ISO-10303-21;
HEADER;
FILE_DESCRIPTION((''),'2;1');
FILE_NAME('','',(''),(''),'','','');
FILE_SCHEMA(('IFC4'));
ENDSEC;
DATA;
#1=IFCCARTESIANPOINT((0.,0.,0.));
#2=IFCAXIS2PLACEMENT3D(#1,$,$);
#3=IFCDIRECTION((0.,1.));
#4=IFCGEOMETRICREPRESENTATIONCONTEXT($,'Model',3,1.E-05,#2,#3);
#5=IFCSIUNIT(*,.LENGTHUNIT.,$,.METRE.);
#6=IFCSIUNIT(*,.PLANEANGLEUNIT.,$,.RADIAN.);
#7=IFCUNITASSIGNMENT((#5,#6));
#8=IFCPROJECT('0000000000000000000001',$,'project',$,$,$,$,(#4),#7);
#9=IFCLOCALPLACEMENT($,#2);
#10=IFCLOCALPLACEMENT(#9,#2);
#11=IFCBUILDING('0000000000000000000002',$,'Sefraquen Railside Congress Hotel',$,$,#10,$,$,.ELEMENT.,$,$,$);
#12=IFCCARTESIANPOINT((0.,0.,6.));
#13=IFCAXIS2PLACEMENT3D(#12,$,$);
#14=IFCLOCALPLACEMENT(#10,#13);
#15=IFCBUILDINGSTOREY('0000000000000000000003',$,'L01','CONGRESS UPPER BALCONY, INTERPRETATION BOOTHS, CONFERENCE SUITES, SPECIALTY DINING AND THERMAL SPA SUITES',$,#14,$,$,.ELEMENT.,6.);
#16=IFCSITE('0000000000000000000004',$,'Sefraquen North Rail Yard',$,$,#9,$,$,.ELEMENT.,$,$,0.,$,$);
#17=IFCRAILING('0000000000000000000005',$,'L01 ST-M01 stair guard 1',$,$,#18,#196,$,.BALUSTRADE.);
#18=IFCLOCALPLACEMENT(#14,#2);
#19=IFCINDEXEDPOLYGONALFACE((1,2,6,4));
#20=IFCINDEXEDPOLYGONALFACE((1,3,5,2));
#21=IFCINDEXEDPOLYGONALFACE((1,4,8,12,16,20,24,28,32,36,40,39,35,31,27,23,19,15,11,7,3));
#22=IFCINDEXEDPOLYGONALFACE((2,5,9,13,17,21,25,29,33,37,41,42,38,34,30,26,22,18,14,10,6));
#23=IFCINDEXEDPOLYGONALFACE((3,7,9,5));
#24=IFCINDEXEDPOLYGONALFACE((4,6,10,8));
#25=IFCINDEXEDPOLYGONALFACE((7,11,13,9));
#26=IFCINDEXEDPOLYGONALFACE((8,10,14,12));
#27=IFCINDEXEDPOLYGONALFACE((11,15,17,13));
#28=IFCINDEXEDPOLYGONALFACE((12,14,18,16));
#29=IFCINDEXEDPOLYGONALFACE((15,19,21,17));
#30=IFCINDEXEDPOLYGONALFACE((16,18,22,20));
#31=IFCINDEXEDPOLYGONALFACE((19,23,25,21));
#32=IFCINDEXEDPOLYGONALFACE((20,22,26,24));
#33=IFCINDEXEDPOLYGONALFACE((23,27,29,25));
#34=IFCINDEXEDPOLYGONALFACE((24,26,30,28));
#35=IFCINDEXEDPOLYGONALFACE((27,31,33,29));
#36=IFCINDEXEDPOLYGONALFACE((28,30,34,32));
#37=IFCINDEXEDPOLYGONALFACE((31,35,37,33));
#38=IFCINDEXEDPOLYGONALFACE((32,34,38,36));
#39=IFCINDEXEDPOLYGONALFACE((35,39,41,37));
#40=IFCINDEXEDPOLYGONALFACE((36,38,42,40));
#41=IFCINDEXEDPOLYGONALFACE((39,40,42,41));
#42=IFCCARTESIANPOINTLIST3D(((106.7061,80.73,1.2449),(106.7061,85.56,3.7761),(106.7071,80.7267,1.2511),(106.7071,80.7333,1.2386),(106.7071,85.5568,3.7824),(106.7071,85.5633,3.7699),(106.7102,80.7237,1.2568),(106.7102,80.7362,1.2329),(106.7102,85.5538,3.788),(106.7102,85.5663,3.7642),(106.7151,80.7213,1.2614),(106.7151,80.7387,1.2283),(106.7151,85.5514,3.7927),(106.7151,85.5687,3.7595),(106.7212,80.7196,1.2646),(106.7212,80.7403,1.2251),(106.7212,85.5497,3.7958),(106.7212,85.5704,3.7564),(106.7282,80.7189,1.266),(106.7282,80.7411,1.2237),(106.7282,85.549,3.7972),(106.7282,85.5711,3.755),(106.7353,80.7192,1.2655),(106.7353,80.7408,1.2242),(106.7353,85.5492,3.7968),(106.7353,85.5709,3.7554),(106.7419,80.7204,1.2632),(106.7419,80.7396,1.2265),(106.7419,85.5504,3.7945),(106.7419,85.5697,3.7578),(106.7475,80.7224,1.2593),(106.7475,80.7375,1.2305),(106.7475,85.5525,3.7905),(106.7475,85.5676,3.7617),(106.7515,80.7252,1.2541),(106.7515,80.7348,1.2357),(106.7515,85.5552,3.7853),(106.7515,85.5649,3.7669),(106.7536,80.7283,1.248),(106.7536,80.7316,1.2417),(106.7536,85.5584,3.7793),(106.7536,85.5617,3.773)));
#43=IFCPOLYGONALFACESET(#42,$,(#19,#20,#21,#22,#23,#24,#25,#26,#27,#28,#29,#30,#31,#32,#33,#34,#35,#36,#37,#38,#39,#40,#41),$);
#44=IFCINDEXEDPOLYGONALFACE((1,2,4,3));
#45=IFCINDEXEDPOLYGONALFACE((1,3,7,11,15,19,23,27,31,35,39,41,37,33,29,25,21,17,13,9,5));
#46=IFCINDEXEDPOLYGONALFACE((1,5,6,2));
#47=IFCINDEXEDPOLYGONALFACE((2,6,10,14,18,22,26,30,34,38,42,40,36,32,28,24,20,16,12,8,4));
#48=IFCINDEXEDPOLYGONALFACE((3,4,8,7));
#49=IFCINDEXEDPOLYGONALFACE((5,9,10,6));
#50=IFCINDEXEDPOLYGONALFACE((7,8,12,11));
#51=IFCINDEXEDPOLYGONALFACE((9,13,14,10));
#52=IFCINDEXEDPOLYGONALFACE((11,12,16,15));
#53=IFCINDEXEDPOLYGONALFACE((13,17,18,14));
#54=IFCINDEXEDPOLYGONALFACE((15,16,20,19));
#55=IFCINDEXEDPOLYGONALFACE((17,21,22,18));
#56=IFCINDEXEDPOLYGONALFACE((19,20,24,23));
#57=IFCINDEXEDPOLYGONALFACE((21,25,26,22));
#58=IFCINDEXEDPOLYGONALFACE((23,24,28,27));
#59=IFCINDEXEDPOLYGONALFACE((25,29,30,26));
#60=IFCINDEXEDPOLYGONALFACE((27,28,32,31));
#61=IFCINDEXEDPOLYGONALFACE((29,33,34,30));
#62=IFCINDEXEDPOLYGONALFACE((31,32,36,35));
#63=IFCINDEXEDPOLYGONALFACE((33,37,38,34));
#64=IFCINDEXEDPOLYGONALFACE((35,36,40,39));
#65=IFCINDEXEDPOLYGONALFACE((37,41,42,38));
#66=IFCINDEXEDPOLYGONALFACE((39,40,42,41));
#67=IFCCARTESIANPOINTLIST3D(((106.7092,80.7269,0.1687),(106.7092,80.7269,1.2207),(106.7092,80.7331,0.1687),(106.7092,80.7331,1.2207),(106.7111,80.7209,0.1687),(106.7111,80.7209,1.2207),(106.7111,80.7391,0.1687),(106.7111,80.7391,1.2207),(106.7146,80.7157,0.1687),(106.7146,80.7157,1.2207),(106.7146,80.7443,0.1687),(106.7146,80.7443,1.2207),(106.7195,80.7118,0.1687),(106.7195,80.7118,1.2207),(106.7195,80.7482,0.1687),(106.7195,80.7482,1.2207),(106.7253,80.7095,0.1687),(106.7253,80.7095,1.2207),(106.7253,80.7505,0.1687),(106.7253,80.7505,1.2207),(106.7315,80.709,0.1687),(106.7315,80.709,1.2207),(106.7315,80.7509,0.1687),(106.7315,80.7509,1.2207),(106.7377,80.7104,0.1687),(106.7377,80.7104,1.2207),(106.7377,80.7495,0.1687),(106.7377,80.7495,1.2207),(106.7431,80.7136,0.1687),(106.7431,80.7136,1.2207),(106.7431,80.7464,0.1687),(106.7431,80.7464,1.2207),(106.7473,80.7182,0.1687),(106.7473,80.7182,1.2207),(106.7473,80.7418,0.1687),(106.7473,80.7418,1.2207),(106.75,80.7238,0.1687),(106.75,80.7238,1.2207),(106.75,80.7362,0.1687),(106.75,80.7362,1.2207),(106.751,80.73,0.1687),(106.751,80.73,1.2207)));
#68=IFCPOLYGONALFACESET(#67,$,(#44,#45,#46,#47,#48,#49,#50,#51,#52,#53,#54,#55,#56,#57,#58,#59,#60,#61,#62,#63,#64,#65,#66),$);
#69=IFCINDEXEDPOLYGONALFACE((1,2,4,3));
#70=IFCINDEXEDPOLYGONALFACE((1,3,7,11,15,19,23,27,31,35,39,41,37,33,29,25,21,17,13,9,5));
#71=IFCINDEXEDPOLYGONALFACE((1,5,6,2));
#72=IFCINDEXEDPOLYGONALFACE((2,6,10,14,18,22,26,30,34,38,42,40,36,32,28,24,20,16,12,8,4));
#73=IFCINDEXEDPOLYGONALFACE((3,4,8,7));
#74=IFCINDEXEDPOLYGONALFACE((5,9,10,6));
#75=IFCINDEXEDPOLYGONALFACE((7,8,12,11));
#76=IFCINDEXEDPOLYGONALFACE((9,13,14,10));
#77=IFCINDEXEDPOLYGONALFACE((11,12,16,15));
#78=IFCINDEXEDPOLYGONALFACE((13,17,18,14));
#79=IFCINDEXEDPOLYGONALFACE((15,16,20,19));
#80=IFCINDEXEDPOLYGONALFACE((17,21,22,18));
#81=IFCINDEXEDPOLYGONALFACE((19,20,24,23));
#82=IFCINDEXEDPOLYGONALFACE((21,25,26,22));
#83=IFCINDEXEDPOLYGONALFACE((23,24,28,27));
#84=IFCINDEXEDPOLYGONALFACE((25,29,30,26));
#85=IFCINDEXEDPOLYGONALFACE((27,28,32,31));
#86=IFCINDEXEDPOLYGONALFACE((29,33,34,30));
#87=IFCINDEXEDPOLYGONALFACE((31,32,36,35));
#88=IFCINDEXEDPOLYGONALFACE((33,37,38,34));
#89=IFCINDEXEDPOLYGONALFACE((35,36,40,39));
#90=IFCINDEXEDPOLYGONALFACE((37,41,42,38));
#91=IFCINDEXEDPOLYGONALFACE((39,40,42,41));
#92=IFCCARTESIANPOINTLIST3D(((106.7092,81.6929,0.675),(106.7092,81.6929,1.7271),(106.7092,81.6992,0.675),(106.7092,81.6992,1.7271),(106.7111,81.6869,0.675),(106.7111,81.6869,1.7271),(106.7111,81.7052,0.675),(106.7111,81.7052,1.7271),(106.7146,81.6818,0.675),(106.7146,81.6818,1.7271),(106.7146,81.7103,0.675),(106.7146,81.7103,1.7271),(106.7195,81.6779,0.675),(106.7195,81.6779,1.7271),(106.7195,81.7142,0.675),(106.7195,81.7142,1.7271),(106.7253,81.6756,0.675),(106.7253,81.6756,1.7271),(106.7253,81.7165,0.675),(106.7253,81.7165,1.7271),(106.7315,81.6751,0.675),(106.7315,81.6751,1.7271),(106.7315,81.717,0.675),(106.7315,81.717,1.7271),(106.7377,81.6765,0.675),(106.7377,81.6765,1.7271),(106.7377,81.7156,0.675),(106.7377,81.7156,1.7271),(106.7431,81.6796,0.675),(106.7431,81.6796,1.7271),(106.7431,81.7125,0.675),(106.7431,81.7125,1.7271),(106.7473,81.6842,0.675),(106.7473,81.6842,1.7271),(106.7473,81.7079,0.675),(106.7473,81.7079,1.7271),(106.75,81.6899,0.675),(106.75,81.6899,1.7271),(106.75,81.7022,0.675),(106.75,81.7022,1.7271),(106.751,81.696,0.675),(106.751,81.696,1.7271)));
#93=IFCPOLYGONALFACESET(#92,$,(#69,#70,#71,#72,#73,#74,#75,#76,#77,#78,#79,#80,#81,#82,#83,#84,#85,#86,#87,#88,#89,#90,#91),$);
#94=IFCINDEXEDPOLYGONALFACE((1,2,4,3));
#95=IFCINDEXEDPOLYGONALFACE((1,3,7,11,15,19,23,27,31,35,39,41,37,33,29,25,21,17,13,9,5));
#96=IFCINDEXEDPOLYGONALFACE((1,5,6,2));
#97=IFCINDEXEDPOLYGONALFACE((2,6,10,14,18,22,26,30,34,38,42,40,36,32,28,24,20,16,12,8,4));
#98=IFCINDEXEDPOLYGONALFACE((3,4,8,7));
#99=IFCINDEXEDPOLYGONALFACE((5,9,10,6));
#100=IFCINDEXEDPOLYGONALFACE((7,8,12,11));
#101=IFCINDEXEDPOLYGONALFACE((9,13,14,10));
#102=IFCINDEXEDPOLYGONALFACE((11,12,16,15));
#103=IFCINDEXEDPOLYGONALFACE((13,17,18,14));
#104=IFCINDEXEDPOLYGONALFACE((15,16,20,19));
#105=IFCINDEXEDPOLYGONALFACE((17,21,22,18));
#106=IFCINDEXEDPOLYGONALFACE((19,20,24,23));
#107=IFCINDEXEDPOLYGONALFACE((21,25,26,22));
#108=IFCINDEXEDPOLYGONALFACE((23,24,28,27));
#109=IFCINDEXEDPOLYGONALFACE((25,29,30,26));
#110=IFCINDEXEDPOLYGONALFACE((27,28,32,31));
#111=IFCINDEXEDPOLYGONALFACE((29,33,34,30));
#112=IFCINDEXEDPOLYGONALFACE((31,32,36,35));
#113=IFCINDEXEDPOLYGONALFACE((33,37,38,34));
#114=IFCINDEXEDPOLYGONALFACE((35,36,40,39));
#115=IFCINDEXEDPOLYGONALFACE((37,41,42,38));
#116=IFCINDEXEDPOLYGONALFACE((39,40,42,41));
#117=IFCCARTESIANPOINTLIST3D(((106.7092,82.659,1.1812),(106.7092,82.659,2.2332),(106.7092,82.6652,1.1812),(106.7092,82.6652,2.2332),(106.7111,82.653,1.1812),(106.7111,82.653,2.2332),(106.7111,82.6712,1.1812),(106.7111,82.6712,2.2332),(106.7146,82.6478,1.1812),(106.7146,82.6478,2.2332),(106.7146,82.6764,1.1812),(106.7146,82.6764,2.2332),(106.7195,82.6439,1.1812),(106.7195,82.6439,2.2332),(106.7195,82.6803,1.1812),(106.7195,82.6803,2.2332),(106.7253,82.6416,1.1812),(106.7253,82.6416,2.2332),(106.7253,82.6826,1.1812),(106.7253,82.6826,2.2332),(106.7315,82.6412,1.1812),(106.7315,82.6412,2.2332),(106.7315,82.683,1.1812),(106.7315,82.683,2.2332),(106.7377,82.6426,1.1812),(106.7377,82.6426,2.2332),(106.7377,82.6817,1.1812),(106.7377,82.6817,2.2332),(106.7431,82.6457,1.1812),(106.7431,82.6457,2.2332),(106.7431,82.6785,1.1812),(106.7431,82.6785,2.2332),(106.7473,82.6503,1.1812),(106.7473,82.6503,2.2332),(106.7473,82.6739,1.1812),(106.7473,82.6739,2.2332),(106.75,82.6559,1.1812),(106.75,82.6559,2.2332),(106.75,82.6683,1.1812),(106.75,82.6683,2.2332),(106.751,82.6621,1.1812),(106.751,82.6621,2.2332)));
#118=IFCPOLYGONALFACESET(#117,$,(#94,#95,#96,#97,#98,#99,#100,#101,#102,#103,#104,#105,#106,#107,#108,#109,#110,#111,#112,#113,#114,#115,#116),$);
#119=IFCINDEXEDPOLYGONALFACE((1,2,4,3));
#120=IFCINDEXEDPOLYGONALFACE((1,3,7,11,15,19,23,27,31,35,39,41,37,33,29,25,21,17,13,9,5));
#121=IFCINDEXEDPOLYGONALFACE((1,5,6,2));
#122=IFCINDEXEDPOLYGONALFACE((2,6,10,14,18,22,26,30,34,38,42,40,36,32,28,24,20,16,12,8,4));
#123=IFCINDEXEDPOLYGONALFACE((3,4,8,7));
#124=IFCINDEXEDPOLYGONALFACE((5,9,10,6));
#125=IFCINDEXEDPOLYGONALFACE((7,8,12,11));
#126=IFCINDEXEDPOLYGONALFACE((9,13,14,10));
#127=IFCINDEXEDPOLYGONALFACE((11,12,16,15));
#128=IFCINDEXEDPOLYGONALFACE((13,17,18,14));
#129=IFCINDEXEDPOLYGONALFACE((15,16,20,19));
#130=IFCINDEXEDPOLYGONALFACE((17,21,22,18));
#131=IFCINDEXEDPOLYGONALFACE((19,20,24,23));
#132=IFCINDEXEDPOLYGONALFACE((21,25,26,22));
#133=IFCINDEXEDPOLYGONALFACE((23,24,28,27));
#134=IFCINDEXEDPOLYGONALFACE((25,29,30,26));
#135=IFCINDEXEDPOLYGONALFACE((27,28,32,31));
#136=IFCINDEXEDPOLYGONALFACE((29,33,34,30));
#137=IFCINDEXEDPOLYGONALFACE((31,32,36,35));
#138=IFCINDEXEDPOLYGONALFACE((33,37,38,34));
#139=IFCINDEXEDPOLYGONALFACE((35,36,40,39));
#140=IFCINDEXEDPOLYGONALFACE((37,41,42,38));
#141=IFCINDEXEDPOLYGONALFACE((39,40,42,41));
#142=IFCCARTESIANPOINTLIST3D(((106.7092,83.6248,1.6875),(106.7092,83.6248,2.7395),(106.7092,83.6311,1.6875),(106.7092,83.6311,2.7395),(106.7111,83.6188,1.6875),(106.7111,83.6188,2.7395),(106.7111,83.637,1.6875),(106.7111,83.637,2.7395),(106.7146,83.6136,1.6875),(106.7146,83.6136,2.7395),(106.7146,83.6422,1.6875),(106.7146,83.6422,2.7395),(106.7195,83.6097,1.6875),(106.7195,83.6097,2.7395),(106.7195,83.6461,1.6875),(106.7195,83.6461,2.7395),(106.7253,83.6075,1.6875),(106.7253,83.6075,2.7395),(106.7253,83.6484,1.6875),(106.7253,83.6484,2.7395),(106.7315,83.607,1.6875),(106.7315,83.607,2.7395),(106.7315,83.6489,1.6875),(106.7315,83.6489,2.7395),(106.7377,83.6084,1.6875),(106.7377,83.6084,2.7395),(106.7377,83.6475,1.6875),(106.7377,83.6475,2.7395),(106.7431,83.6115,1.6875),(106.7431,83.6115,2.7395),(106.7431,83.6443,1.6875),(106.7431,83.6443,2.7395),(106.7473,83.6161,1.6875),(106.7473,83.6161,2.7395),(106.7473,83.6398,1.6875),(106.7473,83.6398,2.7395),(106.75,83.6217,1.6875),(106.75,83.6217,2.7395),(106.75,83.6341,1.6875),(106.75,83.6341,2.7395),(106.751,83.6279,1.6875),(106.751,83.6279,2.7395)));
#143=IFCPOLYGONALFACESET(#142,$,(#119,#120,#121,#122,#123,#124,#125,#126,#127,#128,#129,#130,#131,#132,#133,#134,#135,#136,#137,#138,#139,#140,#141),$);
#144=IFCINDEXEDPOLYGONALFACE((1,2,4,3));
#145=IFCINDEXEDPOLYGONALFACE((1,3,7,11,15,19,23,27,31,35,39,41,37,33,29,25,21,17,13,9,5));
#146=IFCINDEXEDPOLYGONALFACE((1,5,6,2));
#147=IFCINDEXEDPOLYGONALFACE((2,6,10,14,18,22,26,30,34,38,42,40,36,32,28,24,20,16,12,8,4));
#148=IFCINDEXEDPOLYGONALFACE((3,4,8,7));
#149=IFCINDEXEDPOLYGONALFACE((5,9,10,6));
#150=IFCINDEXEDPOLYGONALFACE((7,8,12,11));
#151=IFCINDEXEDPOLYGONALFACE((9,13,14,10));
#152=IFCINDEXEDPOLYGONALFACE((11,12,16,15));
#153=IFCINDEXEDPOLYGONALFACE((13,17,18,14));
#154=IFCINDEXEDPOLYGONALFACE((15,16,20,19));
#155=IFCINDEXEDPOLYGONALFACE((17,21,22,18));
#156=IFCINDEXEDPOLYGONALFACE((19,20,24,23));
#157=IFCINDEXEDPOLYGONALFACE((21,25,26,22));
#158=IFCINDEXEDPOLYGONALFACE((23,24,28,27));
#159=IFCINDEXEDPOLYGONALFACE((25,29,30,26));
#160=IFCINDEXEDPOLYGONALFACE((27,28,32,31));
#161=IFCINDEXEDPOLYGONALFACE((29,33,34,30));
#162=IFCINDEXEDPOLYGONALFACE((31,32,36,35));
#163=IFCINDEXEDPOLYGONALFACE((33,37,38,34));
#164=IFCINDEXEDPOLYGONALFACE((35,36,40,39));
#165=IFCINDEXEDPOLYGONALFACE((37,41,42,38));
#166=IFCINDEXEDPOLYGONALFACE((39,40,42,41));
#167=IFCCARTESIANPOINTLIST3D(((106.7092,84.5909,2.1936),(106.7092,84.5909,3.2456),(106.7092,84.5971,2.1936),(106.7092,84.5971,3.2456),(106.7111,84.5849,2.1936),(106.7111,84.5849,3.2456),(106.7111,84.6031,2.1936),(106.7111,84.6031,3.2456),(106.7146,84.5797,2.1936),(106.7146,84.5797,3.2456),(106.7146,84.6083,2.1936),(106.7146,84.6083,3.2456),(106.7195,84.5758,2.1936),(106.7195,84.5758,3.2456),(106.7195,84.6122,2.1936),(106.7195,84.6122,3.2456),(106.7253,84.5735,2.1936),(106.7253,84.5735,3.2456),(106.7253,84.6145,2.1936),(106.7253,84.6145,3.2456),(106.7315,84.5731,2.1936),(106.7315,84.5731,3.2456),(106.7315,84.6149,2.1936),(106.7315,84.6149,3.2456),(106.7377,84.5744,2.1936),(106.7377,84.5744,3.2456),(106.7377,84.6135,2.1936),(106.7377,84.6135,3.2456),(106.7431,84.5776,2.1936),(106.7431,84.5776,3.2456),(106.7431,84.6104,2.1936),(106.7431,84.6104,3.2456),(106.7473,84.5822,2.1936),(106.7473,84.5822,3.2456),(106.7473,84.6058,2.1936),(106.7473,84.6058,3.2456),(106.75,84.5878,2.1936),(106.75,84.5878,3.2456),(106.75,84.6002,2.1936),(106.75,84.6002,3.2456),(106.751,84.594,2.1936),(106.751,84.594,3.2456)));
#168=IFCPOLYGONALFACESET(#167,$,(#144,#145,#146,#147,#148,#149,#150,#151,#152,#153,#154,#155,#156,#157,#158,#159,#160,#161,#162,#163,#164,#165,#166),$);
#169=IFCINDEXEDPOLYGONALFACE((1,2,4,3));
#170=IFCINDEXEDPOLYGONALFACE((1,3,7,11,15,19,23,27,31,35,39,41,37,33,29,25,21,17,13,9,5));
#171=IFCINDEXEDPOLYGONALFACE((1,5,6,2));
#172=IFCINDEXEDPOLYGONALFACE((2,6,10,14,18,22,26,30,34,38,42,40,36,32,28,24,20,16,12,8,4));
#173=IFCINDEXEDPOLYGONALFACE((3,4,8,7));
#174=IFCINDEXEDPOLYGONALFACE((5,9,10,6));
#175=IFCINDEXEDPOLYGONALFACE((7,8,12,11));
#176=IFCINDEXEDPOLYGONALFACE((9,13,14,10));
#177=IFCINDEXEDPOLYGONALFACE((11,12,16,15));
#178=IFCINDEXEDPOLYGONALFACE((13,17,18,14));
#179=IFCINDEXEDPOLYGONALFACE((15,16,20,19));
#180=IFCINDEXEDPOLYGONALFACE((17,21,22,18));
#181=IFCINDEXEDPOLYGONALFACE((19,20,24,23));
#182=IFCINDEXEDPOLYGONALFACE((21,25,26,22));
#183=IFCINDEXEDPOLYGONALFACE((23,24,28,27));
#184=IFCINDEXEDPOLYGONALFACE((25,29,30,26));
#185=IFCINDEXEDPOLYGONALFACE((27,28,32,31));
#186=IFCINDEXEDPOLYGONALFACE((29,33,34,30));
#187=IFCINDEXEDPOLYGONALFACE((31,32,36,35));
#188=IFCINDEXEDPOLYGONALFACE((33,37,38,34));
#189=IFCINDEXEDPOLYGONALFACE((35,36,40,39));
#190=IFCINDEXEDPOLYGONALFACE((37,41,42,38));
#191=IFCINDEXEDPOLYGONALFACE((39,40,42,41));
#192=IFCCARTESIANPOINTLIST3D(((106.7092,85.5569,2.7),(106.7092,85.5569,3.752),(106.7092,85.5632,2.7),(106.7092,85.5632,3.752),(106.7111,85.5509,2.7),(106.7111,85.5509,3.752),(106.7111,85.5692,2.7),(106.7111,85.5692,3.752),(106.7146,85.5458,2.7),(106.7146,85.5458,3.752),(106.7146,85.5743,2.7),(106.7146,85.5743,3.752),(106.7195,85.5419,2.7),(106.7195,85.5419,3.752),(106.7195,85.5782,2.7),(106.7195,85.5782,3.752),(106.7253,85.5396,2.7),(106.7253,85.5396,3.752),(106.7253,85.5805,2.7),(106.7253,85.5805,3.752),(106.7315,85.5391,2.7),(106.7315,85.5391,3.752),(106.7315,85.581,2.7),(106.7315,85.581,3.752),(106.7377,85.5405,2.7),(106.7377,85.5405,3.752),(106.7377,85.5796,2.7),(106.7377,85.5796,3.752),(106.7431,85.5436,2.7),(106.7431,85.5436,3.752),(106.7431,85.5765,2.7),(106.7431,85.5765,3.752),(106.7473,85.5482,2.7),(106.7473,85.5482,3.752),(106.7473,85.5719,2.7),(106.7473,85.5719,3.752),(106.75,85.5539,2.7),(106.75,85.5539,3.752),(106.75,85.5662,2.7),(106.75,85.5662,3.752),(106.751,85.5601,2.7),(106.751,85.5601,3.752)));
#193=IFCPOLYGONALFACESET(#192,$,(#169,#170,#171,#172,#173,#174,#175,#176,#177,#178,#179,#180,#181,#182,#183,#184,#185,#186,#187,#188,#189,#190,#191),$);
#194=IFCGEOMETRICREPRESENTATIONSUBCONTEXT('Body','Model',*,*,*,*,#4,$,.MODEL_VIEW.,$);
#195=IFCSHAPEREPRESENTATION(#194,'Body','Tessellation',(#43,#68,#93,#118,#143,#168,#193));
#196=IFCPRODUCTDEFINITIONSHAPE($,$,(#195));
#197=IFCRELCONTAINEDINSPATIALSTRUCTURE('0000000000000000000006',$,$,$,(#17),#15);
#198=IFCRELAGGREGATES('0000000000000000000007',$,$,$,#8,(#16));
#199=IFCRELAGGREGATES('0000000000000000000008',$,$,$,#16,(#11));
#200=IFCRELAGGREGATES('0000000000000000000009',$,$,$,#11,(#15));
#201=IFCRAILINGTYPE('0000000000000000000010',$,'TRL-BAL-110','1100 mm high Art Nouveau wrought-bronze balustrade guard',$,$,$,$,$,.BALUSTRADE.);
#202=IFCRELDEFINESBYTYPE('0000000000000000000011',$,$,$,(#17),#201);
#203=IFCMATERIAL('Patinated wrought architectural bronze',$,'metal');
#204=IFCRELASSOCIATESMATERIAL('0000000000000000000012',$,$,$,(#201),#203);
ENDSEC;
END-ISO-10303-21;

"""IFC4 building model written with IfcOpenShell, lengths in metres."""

from ifc_helpers import new_model, si_unit, direction, frame, origin, origin_2d, place, context, subcontext, project, spatial, circle, extrude, material, type_object, element, save


model = new_model("IFC4")

# Units and contexts
model_context = context("Model", 3, precision=1e-05, world=origin(), true_north=direction((0.0, 1.0)))
body_context = subcontext(model_context, "Body", "Model", "MODEL_VIEW")
ifc_project = project(units=[si_unit("LENGTHUNIT", "METRE"), si_unit("PLANEANGLEUNIT", "RADIAN")], contexts=[model_context])

# Site, building, storey
site_placement = place(None, origin())
site = spatial("IfcSite", under=ifc_project, at=site_placement, Name="Sefraquen North Rail Yard", CompositionType="ELEMENT", RefElevation=0.0)
building_placement = place(site_placement, origin())
building = spatial("IfcBuilding", under=site, at=building_placement, Name="Sefraquen Railside Congress Hotel", CompositionType="ELEMENT")
storey_placement = place(building_placement, frame((0.0, 0.0, 6.0)))
storey = spatial("IfcBuildingStorey", under=building, at=storey_placement, Name="L01", Description="CONGRESS UPPER BALCONY, INTERPRETATION BOOTHS, CONFERENCE SUITES, SPECIALTY DINING AND THERMAL SPA SUITES", CompositionType="ELEMENT", Elevation=6.0)

# Railing
ifc_material_1 = material(Name="Patinated wrought architectural bronze", Category="metal")
railing_type_1 = type_object("IfcRailingType", Name="TRL-BAL-110", Description="1100 mm high Art Nouveau wrought-bronze balustrade guard", PredefinedType="BALUSTRADE", material=ifc_material_1)
railing_1_placement = place(storey_placement, frame((106.73, 80.73, 0.1687)))
element("IfcRailing", 1, at=railing_1_placement, inside=storey, type_object=railing_type_1, Name="L01 ST-M01 stair guard 1", PredefinedType="BALUSTRADE", context=body_context, shape_type="SweptSolid", body=[
    extrude(circle(Radius=0.0239, at=origin_2d()), frame((0.0, 0.0, 1.0762), z_axis=(0.0, 0.88574, 0.464181), x_axis=(-1.0, 0.0, 0.0)), (0.0, 0.0, 1.0), 5.4531),
    extrude(circle(Radius=0.021, at=origin_2d()), origin(), (0.0, 0.0, 1.0), 1.052),
    extrude(circle(Radius=0.021, at=origin_2d()), frame((0.0, 0.9661, 0.5063)), (0.0, 0.0, 1.0), 1.052),
    extrude(circle(Radius=0.021, at=origin_2d()), frame((0.0, 1.9321, 1.0125)), (0.0, 0.0, 1.0), 1.052),
    extrude(circle(Radius=0.021, at=origin_2d()), frame((0.0, 2.8979, 1.5188)), (0.0, 0.0, 1.0), 1.052),
    extrude(circle(Radius=0.021, at=origin_2d()), frame((0.0, 3.864, 2.0249)), (0.0, 0.0, 1.0), 1.052),
    extrude(circle(Radius=0.021, at=origin_2d()), frame((0.0, 4.8301, 2.5312)), (0.0, 0.0, 1.0), 1.052),
])

save(model, "model.ifc")
